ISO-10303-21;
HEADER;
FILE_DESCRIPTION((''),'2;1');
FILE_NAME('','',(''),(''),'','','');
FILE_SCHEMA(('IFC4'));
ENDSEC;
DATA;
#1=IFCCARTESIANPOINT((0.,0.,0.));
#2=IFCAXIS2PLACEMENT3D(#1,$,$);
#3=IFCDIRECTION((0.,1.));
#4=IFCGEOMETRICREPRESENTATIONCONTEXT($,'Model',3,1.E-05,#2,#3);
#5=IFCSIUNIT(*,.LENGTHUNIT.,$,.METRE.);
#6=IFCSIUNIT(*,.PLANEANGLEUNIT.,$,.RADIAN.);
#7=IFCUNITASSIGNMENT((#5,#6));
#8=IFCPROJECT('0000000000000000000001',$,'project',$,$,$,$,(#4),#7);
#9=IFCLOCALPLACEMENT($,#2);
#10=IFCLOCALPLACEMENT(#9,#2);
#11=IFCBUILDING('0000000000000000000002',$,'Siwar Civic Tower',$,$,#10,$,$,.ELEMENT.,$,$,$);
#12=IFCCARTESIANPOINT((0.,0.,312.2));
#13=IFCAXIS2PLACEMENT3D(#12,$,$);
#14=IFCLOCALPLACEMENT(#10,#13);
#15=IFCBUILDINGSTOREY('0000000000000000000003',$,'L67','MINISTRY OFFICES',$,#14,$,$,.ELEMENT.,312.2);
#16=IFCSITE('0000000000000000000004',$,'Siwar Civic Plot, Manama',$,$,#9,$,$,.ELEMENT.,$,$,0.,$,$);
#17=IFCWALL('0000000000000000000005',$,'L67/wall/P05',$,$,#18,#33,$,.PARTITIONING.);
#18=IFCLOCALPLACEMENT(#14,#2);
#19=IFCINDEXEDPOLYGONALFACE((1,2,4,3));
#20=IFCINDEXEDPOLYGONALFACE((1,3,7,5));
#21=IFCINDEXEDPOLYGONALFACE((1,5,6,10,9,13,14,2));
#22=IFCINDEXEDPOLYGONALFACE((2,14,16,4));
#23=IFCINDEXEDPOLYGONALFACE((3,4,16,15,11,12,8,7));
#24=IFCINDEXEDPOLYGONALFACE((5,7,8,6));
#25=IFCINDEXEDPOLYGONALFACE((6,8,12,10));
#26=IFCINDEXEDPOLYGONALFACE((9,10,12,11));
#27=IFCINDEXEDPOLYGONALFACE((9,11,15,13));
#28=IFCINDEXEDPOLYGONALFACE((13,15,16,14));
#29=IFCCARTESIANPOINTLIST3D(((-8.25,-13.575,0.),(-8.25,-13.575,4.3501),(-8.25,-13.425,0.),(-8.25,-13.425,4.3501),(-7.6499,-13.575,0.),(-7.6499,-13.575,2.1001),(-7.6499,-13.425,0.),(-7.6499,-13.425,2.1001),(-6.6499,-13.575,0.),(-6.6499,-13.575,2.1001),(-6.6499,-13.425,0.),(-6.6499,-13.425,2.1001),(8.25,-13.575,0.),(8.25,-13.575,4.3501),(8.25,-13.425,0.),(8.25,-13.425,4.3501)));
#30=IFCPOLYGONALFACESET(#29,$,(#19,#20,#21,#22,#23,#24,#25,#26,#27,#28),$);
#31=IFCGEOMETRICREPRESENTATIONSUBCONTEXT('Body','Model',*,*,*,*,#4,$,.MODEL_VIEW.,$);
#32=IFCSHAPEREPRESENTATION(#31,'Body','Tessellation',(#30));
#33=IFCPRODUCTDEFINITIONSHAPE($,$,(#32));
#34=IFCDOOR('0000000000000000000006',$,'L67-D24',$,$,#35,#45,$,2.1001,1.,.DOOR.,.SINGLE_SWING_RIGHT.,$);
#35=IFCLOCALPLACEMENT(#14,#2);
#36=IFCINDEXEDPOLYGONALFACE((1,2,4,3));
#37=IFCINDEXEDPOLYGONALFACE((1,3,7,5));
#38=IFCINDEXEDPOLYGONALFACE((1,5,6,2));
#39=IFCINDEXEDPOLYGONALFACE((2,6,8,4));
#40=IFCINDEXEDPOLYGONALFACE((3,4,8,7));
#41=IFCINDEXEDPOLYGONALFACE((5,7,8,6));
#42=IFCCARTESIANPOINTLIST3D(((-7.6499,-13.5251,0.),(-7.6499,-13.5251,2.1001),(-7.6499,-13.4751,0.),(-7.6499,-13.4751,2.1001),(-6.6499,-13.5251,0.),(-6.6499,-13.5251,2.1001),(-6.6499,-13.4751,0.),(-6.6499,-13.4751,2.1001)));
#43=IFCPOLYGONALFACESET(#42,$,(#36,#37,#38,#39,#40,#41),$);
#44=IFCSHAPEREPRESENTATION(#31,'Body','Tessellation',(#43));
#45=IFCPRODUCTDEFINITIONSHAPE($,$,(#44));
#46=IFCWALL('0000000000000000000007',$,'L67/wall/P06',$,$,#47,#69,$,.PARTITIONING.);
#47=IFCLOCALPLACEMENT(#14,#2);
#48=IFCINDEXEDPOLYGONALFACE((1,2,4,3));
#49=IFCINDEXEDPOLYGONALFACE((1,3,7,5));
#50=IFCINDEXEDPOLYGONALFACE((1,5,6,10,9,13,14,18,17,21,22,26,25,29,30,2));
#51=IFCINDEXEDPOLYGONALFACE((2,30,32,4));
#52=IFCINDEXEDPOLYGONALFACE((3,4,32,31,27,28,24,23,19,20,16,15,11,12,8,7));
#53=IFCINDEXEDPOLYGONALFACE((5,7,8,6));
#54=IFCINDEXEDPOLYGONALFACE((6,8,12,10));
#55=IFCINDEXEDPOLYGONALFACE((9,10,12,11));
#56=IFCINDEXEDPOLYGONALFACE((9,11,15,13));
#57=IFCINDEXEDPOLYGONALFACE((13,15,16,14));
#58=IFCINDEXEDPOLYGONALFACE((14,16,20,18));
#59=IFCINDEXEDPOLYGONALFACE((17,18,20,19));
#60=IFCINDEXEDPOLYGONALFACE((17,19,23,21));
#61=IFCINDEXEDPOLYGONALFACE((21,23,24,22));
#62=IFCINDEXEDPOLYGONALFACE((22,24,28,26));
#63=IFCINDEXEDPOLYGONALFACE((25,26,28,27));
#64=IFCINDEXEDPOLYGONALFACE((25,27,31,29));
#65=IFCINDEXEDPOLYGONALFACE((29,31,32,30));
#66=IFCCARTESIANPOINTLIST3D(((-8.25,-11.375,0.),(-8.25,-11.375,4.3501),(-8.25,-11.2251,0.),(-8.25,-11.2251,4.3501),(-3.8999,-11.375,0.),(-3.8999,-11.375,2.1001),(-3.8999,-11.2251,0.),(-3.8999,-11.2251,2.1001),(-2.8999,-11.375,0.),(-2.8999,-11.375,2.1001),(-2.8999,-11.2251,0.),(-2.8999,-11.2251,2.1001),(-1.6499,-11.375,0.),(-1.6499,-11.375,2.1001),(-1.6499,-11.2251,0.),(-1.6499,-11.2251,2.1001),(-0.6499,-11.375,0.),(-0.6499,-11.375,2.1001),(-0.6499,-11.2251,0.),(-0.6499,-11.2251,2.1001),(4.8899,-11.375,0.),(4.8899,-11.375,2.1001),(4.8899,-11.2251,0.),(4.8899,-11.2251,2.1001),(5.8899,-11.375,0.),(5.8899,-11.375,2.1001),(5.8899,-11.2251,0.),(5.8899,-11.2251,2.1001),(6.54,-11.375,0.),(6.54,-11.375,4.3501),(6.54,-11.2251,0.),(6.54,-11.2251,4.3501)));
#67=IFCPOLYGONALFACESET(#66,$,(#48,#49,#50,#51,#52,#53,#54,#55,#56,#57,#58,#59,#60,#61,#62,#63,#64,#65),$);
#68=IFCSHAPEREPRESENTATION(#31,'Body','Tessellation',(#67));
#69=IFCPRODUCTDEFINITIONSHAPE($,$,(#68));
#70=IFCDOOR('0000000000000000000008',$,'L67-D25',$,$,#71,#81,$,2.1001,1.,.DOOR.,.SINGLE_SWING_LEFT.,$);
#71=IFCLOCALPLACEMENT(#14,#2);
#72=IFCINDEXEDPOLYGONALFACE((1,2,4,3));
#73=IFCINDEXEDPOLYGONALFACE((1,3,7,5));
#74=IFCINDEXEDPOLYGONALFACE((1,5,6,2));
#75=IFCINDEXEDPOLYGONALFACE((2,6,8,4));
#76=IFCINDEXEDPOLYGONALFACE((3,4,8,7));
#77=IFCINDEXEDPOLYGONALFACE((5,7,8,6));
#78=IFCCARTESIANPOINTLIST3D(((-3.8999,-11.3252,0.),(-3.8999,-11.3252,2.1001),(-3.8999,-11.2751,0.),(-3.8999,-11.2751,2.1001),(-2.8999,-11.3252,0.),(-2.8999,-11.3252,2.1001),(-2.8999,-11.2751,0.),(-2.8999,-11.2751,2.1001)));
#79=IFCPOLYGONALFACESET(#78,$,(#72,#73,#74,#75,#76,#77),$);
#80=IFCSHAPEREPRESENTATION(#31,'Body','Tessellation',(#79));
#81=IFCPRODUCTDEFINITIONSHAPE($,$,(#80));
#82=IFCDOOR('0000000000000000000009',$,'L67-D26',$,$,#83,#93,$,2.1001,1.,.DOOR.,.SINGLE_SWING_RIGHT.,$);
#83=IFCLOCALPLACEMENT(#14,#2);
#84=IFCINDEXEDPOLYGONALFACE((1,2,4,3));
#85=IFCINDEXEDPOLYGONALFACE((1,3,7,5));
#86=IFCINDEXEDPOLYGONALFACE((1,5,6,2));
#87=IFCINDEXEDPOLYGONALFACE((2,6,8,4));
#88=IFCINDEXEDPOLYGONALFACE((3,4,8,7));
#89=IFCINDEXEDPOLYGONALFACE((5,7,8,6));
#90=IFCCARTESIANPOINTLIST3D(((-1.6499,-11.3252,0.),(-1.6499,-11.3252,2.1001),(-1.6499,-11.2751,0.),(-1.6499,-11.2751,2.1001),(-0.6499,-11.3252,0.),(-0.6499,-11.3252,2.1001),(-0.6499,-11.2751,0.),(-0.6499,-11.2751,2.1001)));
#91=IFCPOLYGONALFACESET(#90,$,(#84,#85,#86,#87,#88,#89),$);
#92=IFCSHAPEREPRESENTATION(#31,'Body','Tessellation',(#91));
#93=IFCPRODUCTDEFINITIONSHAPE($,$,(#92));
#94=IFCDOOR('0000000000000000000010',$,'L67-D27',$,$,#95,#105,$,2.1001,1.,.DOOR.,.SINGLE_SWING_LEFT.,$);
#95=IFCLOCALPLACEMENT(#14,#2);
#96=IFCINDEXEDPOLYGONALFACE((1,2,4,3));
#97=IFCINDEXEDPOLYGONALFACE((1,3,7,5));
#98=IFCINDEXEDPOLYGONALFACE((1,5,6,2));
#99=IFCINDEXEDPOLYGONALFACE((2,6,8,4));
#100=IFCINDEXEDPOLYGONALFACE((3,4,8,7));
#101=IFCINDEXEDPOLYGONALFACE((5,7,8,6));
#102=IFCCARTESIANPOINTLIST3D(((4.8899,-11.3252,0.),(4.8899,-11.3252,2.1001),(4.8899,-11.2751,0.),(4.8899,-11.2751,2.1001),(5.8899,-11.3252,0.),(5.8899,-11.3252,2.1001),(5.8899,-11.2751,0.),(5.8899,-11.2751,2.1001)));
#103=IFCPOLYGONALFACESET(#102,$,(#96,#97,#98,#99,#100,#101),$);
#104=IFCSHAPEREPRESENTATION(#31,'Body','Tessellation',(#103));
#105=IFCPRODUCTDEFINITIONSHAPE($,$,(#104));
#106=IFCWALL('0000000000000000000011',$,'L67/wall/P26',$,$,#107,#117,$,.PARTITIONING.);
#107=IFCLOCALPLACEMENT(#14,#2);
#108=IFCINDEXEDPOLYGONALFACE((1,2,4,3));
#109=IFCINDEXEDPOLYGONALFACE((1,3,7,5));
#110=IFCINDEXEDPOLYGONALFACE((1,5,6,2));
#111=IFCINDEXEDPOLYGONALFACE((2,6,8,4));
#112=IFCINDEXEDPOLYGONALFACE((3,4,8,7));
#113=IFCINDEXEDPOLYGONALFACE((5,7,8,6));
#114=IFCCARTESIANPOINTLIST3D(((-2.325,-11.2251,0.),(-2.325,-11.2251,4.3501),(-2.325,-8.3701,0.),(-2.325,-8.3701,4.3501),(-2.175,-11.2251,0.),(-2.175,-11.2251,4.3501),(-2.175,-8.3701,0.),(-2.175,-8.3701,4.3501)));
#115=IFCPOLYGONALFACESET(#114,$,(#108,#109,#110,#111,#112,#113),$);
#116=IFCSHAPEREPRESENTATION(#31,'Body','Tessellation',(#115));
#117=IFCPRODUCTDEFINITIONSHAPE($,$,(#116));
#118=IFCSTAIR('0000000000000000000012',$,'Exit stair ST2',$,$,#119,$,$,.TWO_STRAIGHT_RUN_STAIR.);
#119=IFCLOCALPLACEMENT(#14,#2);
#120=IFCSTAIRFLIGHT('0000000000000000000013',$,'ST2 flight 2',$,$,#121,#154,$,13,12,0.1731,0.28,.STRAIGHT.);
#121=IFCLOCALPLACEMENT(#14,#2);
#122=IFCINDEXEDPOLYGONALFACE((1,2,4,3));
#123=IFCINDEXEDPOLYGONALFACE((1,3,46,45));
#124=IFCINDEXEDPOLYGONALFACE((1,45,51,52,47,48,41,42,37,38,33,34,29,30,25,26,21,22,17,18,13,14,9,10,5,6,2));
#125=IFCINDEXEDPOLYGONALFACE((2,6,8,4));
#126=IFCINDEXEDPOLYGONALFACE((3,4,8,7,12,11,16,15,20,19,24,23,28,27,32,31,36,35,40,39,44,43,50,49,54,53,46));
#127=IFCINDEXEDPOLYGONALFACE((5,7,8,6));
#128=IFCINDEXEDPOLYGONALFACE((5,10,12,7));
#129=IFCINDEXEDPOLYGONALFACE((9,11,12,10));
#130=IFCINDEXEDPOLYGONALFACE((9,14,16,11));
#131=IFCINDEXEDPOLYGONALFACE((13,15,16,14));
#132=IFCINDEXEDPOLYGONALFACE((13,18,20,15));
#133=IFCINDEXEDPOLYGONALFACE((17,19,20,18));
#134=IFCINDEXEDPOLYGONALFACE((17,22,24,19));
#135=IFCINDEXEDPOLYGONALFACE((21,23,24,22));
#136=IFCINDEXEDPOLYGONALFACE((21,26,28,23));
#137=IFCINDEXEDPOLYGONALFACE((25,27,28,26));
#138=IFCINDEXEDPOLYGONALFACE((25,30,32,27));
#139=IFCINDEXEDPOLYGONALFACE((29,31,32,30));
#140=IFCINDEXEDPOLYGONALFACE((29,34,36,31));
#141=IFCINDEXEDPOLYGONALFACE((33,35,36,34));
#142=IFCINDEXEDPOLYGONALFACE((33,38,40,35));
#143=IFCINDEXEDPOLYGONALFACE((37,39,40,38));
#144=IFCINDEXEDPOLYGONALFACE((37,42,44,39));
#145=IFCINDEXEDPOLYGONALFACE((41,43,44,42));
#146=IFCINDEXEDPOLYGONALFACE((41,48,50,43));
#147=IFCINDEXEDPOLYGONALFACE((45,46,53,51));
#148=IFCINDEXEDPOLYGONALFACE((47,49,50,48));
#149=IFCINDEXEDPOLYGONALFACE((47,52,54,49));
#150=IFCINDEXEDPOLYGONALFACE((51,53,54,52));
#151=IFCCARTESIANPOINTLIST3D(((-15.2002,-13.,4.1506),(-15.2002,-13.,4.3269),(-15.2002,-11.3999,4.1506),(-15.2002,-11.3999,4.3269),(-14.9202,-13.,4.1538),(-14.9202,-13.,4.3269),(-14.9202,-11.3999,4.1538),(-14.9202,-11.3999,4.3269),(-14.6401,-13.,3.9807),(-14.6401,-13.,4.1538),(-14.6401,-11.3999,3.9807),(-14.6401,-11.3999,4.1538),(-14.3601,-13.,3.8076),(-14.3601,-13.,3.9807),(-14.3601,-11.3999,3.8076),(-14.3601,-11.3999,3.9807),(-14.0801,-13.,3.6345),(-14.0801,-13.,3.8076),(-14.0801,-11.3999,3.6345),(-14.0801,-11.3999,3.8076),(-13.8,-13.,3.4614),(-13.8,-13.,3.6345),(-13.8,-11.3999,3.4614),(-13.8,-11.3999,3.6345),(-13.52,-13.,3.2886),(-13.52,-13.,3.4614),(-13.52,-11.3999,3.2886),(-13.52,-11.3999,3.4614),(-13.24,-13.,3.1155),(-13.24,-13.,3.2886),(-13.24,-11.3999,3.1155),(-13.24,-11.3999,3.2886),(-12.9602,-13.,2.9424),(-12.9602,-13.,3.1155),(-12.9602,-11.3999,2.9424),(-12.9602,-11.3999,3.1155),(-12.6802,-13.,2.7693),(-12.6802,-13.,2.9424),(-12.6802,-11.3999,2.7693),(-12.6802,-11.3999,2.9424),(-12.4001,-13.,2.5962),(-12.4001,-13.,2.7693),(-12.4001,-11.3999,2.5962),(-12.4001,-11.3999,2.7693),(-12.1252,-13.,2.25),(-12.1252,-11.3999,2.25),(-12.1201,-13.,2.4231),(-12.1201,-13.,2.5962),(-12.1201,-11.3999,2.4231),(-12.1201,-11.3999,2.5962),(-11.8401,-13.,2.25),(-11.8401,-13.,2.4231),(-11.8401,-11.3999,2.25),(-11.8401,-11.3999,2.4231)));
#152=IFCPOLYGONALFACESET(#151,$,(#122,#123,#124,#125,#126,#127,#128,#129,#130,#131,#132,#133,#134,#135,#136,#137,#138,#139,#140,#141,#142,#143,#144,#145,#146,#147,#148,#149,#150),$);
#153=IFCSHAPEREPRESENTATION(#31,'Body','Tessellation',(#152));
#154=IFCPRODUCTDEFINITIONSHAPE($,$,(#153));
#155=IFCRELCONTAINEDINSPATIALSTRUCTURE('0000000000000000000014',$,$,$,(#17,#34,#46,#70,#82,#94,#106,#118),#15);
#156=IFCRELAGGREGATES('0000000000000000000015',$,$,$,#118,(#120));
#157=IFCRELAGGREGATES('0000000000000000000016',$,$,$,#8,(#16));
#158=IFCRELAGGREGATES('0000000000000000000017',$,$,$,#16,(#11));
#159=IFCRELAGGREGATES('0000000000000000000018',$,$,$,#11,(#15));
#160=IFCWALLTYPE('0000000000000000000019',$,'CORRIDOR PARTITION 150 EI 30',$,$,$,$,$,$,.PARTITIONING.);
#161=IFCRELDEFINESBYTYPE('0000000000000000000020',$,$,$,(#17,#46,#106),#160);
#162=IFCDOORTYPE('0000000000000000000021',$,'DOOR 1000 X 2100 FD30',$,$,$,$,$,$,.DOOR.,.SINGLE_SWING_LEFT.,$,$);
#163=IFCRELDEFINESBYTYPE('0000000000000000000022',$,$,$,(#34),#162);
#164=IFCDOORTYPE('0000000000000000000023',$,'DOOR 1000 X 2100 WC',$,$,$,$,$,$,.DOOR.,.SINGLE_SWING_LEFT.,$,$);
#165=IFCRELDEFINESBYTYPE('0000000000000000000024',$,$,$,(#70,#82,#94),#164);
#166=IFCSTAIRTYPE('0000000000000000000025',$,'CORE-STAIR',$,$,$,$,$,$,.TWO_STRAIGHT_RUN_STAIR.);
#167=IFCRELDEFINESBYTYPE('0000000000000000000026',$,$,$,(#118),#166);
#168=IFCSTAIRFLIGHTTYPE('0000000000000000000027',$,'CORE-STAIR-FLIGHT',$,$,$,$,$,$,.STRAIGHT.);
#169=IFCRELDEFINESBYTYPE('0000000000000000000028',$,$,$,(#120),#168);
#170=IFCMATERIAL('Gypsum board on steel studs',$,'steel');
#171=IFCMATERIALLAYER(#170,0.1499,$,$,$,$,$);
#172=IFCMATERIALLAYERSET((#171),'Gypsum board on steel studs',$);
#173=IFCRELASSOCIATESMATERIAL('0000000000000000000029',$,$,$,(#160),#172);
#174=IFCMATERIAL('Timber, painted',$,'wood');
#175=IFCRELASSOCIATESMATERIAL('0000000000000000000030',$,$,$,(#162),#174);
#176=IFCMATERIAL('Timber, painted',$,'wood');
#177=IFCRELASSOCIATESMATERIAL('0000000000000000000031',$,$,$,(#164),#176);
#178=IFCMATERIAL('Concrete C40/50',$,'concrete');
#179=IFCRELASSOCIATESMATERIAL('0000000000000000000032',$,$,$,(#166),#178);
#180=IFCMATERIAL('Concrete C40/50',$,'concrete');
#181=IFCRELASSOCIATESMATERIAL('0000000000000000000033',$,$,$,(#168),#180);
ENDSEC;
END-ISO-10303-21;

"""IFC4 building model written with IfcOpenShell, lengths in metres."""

from ifc_helpers import new_model, si_unit, direction, frame, frame_2d, origin, place, context, subcontext, project, spatial, polyline, rectangle, outline, extrude, material, layer, layer_set, type_object, element, fill, aggregate, save


model = new_model("IFC4")

# Units and contexts
model_context = context("Model", 3, precision=1e-05, world=origin(), true_north=direction((0.0, 1.0)))
body_context = subcontext(model_context, "Body", "Model", "MODEL_VIEW")
ifc_project = project(units=[si_unit("LENGTHUNIT", "METRE"), si_unit("PLANEANGLEUNIT", "RADIAN")], contexts=[model_context])

# Site, building, storey
site_placement = place(None, origin())
site = spatial("IfcSite", under=ifc_project, at=site_placement, Name="Siwar Civic Plot, Manama", CompositionType="ELEMENT", RefElevation=0.0)
building_placement = place(site_placement, origin())
building = spatial("IfcBuilding", under=site, at=building_placement, Name="Siwar Civic Tower", CompositionType="ELEMENT")
storey_placement = place(building_placement, frame((0.0, 0.0, 312.2)))
storey = spatial("IfcBuildingStorey", under=building, at=storey_placement, Name="L67", Description="MINISTRY OFFICES", CompositionType="ELEMENT", Elevation=312.2)

# Wall, opening, door
ifc_material_1 = material(Name="Gypsum board on steel studs", Category="steel")
ifc_layer_1 = layer(ifc_material_1, 0.1499)
ifc_layer_set_1 = layer_set([ifc_layer_1], Name="Gypsum board on steel studs")
wall_type_1 = type_object("IfcWallType", Name="CORRIDOR PARTITION 150 EI 30", PredefinedType="PARTITIONING", material=ifc_layer_set_1)
wall_1_placement = place(storey_placement, frame((-8.25, -13.5, 0.0), z_axis=(0.0, 0.0, 1.0), x_axis=(1.0, 0.0, 0.0)))
wall_1 = element("IfcWall", 1, at=wall_1_placement, inside=storey, type_object=wall_type_1, Name="L67/wall/P05", PredefinedType="PARTITIONING", context=body_context, shape_type="SweptSolid", body=[
    extrude(rectangle(XDim=16.5, YDim=0.1499, at=frame_2d((8.25, 0.0))), origin(), (0.0, 0.0, 1.0), 4.3501),
])
opening_1_placement = place(wall_1_placement, frame((0.6001, 0.0, 0.0)))
opening_1 = element("IfcOpeningElement", 2, at=opening_1_placement, cuts=wall_1, PredefinedType="OPENING", context=body_context, shape_type="SweptSolid", body=[
    extrude(rectangle(XDim=1.0, YDim=2.1001, at=frame_2d((0.5, 1.05))), frame((0.0, 0.085, 0.0), z_axis=(0.0, -1.0, 0.0), x_axis=(1.0, 0.0, 0.0)), (0.0, 0.0, 1.0), 0.1699),
])
ifc_material_2 = material(Name="Timber, painted", Category="wood")
door_type_1 = type_object("IfcDoorType", Name="DOOR 1000 X 2100 FD30", OperationType="SINGLE_SWING_LEFT", PredefinedType="DOOR", material=ifc_material_2)
door_1_placement = place(opening_1_placement, origin())
door_1 = element("IfcDoor", 3, at=door_1_placement, inside=storey, type_object=door_type_1, Name="L67-D24", OperationType="SINGLE_SWING_RIGHT", OverallHeight=2.1001, OverallWidth=1.0, PredefinedType="DOOR", context=body_context, shape_type="SweptSolid", body=[
    extrude(rectangle(XDim=1.0, YDim=2.1001, at=frame_2d((0.5, 1.05))), frame((0.0, 0.0249, 0.0), z_axis=(0.0, -1.0, 0.0), x_axis=(1.0, 0.0, 0.0)), (0.0, 0.0, 1.0), 0.05),
])
fill(opening_1, door_1)

# Wall, openings, doors
wall_2_placement = place(storey_placement, frame((-8.25, -11.3, 0.0), z_axis=(0.0, 0.0, 1.0), x_axis=(1.0, 0.0, 0.0)))
wall_2 = element("IfcWall", 4, at=wall_2_placement, inside=storey, type_object=wall_type_1, Name="L67/wall/P06", PredefinedType="PARTITIONING", context=body_context, shape_type="SweptSolid", body=[
    extrude(rectangle(XDim=14.79, YDim=0.1499, at=frame_2d((7.395, 0.0))), origin(), (0.0, 0.0, 1.0), 4.3501),
])
opening_2_placement = place(wall_2_placement, frame((4.3501, 0.0, 0.0)))
opening_2 = element("IfcOpeningElement", 5, at=opening_2_placement, cuts=wall_2, PredefinedType="OPENING", context=body_context, shape_type="SweptSolid", body=[
    extrude(rectangle(XDim=1.0, YDim=2.1001, at=frame_2d((0.5, 1.05))), frame((0.0, 0.085, 0.0), z_axis=(0.0, -1.0, 0.0), x_axis=(1.0, 0.0, 0.0)), (0.0, 0.0, 1.0), 0.1699),
])
opening_3_placement = place(wall_2_placement, frame((6.6001, 0.0, 0.0)))
opening_3 = element("IfcOpeningElement", 6, at=opening_3_placement, cuts=wall_2, PredefinedType="OPENING", context=body_context, shape_type="SweptSolid", body=[
    extrude(rectangle(XDim=1.0, YDim=2.1001, at=frame_2d((0.5, 1.05))), frame((0.0, 0.085, 0.0), z_axis=(0.0, -1.0, 0.0), x_axis=(1.0, 0.0, 0.0)), (0.0, 0.0, 1.0), 0.1699),
])
opening_4_placement = place(wall_2_placement, frame((13.1399, 0.0, 0.0)))
opening_4 = element("IfcOpeningElement", 7, at=opening_4_placement, cuts=wall_2, PredefinedType="OPENING", context=body_context, shape_type="SweptSolid", body=[
    extrude(rectangle(XDim=1.0, YDim=2.1001, at=frame_2d((0.5, 1.05))), frame((0.0, 0.085, 0.0), z_axis=(0.0, -1.0, 0.0), x_axis=(1.0, 0.0, 0.0)), (0.0, 0.0, 1.0), 0.1699),
])
ifc_material_3 = material(Name="Timber, painted", Category="wood")
door_type_2 = type_object("IfcDoorType", Name="DOOR 1000 X 2100 WC", OperationType="SINGLE_SWING_LEFT", PredefinedType="DOOR", material=ifc_material_3)
door_2_placement = place(opening_2_placement, origin())
door_2 = element("IfcDoor", 8, at=door_2_placement, inside=storey, type_object=door_type_2, Name="L67-D25", OperationType="SINGLE_SWING_LEFT", OverallHeight=2.1001, OverallWidth=1.0, PredefinedType="DOOR", context=body_context, shape_type="SweptSolid", body=[
    extrude(rectangle(XDim=1.0, YDim=2.1001, at=frame_2d((0.5, 1.05))), frame((0.0, 0.0249, 0.0), z_axis=(0.0, -1.0, 0.0), x_axis=(1.0, 0.0, 0.0)), (0.0, 0.0, 1.0), 0.05),
])
fill(opening_2, door_2)
door_3_placement = place(opening_3_placement, origin())
door_3 = element("IfcDoor", 9, at=door_3_placement, inside=storey, type_object=door_type_2, Name="L67-D26", OperationType="SINGLE_SWING_RIGHT", OverallHeight=2.1001, OverallWidth=1.0, PredefinedType="DOOR", context=body_context, shape_type="SweptSolid", body=[
    extrude(rectangle(XDim=1.0, YDim=2.1001, at=frame_2d((0.5, 1.05))), frame((0.0, 0.0249, 0.0), z_axis=(0.0, -1.0, 0.0), x_axis=(1.0, 0.0, 0.0)), (0.0, 0.0, 1.0), 0.05),
])
fill(opening_3, door_3)
door_4_placement = place(opening_4_placement, origin())
door_4 = element("IfcDoor", 10, at=door_4_placement, inside=storey, type_object=door_type_2, Name="L67-D27", OperationType="SINGLE_SWING_LEFT", OverallHeight=2.1001, OverallWidth=1.0, PredefinedType="DOOR", context=body_context, shape_type="SweptSolid", body=[
    extrude(rectangle(XDim=1.0, YDim=2.1001, at=frame_2d((0.5, 1.05))), frame((0.0, 0.0249, 0.0), z_axis=(0.0, -1.0, 0.0), x_axis=(1.0, 0.0, 0.0)), (0.0, 0.0, 1.0), 0.05),
])
fill(opening_4, door_4)

# Wall
wall_3_placement = place(storey_placement, frame((-2.25, -11.2251, 0.0), z_axis=(0.0, 0.0, 1.0), x_axis=(0.0, 1.0, 0.0)))
element("IfcWall", 11, at=wall_3_placement, inside=storey, type_object=wall_type_1, Name="L67/wall/P26", PredefinedType="PARTITIONING", context=body_context, shape_type="SweptSolid", body=[
    extrude(rectangle(XDim=2.855, YDim=0.1499, at=frame_2d((1.4275, 0.0))), origin(), (0.0, 0.0, 1.0), 4.3501),
])

# Stair, stair flight
ifc_material_4 = material(Name="Concrete C40/50", Category="concrete")
stair_type = type_object("IfcStairType", Name="CORE-STAIR", PredefinedType="TWO_STRAIGHT_RUN_STAIR", material=ifc_material_4)
stair_placement = place(storey_placement, origin())
stair = element("IfcStair", 12, at=stair_placement, inside=storey, type_object=stair_type, Name="Exit stair ST2", PredefinedType="TWO_STRAIGHT_RUN_STAIR")
ifc_material_5 = material(Name="Concrete C40/50", Category="concrete")
stair_flight_type = type_object("IfcStairFlightType", Name="CORE-STAIR-FLIGHT", PredefinedType="STRAIGHT", material=ifc_material_5)
stair_flight_placement = place(storey_placement, frame((-11.8401, -12.2, 2.25), z_axis=(0.0, 0.0, 1.0), x_axis=(-1.0, 0.0, 0.0)))
stair_flight = element("IfcStairFlight", 13, at=stair_flight_placement, type_object=stair_flight_type, Name="ST2 flight 2", NumberOfRisers=13, NumberOfTreads=12, PredefinedType="STRAIGHT", RiserHeight=0.1731, TreadLength=0.28, context=body_context, shape_type="SweptSolid", body=[
    extrude(outline(polyline([(0.0, 0.0), (0.0, 0.1731), (0.28, 0.1731), (0.28, 0.3462), (0.5601, 0.3462), (0.5601, 0.5193), (0.8401, 0.5193), (0.8401, 0.6924), (1.1201, 0.6924), (1.1201, 0.8655), (1.3999, 0.8655), (1.3999, 1.0386), (1.6799, 1.0386), (1.6799, 1.2114), (1.96, 1.2114), (1.96, 1.3845), (2.24, 1.3845), (2.24, 1.5576), (2.52, 1.5576), (2.52, 1.7307), (2.8, 1.7307), (2.8, 1.9038), (3.0801, 1.9038), (3.0801, 2.0769), (3.3601, 2.0769), (3.3601, 2.25), (3.3601, 1.9006), (0.2852, 0.0), (0.0, 0.0)])), frame((0.0, 0.8, 0.0), z_axis=(0.0, -1.0, 0.0), x_axis=(1.0, 0.0, 0.0)), (0.0, 0.0, 1.0), 1.6001),
])
aggregate(stair, [stair_flight])

save(model, "model.ifc")
